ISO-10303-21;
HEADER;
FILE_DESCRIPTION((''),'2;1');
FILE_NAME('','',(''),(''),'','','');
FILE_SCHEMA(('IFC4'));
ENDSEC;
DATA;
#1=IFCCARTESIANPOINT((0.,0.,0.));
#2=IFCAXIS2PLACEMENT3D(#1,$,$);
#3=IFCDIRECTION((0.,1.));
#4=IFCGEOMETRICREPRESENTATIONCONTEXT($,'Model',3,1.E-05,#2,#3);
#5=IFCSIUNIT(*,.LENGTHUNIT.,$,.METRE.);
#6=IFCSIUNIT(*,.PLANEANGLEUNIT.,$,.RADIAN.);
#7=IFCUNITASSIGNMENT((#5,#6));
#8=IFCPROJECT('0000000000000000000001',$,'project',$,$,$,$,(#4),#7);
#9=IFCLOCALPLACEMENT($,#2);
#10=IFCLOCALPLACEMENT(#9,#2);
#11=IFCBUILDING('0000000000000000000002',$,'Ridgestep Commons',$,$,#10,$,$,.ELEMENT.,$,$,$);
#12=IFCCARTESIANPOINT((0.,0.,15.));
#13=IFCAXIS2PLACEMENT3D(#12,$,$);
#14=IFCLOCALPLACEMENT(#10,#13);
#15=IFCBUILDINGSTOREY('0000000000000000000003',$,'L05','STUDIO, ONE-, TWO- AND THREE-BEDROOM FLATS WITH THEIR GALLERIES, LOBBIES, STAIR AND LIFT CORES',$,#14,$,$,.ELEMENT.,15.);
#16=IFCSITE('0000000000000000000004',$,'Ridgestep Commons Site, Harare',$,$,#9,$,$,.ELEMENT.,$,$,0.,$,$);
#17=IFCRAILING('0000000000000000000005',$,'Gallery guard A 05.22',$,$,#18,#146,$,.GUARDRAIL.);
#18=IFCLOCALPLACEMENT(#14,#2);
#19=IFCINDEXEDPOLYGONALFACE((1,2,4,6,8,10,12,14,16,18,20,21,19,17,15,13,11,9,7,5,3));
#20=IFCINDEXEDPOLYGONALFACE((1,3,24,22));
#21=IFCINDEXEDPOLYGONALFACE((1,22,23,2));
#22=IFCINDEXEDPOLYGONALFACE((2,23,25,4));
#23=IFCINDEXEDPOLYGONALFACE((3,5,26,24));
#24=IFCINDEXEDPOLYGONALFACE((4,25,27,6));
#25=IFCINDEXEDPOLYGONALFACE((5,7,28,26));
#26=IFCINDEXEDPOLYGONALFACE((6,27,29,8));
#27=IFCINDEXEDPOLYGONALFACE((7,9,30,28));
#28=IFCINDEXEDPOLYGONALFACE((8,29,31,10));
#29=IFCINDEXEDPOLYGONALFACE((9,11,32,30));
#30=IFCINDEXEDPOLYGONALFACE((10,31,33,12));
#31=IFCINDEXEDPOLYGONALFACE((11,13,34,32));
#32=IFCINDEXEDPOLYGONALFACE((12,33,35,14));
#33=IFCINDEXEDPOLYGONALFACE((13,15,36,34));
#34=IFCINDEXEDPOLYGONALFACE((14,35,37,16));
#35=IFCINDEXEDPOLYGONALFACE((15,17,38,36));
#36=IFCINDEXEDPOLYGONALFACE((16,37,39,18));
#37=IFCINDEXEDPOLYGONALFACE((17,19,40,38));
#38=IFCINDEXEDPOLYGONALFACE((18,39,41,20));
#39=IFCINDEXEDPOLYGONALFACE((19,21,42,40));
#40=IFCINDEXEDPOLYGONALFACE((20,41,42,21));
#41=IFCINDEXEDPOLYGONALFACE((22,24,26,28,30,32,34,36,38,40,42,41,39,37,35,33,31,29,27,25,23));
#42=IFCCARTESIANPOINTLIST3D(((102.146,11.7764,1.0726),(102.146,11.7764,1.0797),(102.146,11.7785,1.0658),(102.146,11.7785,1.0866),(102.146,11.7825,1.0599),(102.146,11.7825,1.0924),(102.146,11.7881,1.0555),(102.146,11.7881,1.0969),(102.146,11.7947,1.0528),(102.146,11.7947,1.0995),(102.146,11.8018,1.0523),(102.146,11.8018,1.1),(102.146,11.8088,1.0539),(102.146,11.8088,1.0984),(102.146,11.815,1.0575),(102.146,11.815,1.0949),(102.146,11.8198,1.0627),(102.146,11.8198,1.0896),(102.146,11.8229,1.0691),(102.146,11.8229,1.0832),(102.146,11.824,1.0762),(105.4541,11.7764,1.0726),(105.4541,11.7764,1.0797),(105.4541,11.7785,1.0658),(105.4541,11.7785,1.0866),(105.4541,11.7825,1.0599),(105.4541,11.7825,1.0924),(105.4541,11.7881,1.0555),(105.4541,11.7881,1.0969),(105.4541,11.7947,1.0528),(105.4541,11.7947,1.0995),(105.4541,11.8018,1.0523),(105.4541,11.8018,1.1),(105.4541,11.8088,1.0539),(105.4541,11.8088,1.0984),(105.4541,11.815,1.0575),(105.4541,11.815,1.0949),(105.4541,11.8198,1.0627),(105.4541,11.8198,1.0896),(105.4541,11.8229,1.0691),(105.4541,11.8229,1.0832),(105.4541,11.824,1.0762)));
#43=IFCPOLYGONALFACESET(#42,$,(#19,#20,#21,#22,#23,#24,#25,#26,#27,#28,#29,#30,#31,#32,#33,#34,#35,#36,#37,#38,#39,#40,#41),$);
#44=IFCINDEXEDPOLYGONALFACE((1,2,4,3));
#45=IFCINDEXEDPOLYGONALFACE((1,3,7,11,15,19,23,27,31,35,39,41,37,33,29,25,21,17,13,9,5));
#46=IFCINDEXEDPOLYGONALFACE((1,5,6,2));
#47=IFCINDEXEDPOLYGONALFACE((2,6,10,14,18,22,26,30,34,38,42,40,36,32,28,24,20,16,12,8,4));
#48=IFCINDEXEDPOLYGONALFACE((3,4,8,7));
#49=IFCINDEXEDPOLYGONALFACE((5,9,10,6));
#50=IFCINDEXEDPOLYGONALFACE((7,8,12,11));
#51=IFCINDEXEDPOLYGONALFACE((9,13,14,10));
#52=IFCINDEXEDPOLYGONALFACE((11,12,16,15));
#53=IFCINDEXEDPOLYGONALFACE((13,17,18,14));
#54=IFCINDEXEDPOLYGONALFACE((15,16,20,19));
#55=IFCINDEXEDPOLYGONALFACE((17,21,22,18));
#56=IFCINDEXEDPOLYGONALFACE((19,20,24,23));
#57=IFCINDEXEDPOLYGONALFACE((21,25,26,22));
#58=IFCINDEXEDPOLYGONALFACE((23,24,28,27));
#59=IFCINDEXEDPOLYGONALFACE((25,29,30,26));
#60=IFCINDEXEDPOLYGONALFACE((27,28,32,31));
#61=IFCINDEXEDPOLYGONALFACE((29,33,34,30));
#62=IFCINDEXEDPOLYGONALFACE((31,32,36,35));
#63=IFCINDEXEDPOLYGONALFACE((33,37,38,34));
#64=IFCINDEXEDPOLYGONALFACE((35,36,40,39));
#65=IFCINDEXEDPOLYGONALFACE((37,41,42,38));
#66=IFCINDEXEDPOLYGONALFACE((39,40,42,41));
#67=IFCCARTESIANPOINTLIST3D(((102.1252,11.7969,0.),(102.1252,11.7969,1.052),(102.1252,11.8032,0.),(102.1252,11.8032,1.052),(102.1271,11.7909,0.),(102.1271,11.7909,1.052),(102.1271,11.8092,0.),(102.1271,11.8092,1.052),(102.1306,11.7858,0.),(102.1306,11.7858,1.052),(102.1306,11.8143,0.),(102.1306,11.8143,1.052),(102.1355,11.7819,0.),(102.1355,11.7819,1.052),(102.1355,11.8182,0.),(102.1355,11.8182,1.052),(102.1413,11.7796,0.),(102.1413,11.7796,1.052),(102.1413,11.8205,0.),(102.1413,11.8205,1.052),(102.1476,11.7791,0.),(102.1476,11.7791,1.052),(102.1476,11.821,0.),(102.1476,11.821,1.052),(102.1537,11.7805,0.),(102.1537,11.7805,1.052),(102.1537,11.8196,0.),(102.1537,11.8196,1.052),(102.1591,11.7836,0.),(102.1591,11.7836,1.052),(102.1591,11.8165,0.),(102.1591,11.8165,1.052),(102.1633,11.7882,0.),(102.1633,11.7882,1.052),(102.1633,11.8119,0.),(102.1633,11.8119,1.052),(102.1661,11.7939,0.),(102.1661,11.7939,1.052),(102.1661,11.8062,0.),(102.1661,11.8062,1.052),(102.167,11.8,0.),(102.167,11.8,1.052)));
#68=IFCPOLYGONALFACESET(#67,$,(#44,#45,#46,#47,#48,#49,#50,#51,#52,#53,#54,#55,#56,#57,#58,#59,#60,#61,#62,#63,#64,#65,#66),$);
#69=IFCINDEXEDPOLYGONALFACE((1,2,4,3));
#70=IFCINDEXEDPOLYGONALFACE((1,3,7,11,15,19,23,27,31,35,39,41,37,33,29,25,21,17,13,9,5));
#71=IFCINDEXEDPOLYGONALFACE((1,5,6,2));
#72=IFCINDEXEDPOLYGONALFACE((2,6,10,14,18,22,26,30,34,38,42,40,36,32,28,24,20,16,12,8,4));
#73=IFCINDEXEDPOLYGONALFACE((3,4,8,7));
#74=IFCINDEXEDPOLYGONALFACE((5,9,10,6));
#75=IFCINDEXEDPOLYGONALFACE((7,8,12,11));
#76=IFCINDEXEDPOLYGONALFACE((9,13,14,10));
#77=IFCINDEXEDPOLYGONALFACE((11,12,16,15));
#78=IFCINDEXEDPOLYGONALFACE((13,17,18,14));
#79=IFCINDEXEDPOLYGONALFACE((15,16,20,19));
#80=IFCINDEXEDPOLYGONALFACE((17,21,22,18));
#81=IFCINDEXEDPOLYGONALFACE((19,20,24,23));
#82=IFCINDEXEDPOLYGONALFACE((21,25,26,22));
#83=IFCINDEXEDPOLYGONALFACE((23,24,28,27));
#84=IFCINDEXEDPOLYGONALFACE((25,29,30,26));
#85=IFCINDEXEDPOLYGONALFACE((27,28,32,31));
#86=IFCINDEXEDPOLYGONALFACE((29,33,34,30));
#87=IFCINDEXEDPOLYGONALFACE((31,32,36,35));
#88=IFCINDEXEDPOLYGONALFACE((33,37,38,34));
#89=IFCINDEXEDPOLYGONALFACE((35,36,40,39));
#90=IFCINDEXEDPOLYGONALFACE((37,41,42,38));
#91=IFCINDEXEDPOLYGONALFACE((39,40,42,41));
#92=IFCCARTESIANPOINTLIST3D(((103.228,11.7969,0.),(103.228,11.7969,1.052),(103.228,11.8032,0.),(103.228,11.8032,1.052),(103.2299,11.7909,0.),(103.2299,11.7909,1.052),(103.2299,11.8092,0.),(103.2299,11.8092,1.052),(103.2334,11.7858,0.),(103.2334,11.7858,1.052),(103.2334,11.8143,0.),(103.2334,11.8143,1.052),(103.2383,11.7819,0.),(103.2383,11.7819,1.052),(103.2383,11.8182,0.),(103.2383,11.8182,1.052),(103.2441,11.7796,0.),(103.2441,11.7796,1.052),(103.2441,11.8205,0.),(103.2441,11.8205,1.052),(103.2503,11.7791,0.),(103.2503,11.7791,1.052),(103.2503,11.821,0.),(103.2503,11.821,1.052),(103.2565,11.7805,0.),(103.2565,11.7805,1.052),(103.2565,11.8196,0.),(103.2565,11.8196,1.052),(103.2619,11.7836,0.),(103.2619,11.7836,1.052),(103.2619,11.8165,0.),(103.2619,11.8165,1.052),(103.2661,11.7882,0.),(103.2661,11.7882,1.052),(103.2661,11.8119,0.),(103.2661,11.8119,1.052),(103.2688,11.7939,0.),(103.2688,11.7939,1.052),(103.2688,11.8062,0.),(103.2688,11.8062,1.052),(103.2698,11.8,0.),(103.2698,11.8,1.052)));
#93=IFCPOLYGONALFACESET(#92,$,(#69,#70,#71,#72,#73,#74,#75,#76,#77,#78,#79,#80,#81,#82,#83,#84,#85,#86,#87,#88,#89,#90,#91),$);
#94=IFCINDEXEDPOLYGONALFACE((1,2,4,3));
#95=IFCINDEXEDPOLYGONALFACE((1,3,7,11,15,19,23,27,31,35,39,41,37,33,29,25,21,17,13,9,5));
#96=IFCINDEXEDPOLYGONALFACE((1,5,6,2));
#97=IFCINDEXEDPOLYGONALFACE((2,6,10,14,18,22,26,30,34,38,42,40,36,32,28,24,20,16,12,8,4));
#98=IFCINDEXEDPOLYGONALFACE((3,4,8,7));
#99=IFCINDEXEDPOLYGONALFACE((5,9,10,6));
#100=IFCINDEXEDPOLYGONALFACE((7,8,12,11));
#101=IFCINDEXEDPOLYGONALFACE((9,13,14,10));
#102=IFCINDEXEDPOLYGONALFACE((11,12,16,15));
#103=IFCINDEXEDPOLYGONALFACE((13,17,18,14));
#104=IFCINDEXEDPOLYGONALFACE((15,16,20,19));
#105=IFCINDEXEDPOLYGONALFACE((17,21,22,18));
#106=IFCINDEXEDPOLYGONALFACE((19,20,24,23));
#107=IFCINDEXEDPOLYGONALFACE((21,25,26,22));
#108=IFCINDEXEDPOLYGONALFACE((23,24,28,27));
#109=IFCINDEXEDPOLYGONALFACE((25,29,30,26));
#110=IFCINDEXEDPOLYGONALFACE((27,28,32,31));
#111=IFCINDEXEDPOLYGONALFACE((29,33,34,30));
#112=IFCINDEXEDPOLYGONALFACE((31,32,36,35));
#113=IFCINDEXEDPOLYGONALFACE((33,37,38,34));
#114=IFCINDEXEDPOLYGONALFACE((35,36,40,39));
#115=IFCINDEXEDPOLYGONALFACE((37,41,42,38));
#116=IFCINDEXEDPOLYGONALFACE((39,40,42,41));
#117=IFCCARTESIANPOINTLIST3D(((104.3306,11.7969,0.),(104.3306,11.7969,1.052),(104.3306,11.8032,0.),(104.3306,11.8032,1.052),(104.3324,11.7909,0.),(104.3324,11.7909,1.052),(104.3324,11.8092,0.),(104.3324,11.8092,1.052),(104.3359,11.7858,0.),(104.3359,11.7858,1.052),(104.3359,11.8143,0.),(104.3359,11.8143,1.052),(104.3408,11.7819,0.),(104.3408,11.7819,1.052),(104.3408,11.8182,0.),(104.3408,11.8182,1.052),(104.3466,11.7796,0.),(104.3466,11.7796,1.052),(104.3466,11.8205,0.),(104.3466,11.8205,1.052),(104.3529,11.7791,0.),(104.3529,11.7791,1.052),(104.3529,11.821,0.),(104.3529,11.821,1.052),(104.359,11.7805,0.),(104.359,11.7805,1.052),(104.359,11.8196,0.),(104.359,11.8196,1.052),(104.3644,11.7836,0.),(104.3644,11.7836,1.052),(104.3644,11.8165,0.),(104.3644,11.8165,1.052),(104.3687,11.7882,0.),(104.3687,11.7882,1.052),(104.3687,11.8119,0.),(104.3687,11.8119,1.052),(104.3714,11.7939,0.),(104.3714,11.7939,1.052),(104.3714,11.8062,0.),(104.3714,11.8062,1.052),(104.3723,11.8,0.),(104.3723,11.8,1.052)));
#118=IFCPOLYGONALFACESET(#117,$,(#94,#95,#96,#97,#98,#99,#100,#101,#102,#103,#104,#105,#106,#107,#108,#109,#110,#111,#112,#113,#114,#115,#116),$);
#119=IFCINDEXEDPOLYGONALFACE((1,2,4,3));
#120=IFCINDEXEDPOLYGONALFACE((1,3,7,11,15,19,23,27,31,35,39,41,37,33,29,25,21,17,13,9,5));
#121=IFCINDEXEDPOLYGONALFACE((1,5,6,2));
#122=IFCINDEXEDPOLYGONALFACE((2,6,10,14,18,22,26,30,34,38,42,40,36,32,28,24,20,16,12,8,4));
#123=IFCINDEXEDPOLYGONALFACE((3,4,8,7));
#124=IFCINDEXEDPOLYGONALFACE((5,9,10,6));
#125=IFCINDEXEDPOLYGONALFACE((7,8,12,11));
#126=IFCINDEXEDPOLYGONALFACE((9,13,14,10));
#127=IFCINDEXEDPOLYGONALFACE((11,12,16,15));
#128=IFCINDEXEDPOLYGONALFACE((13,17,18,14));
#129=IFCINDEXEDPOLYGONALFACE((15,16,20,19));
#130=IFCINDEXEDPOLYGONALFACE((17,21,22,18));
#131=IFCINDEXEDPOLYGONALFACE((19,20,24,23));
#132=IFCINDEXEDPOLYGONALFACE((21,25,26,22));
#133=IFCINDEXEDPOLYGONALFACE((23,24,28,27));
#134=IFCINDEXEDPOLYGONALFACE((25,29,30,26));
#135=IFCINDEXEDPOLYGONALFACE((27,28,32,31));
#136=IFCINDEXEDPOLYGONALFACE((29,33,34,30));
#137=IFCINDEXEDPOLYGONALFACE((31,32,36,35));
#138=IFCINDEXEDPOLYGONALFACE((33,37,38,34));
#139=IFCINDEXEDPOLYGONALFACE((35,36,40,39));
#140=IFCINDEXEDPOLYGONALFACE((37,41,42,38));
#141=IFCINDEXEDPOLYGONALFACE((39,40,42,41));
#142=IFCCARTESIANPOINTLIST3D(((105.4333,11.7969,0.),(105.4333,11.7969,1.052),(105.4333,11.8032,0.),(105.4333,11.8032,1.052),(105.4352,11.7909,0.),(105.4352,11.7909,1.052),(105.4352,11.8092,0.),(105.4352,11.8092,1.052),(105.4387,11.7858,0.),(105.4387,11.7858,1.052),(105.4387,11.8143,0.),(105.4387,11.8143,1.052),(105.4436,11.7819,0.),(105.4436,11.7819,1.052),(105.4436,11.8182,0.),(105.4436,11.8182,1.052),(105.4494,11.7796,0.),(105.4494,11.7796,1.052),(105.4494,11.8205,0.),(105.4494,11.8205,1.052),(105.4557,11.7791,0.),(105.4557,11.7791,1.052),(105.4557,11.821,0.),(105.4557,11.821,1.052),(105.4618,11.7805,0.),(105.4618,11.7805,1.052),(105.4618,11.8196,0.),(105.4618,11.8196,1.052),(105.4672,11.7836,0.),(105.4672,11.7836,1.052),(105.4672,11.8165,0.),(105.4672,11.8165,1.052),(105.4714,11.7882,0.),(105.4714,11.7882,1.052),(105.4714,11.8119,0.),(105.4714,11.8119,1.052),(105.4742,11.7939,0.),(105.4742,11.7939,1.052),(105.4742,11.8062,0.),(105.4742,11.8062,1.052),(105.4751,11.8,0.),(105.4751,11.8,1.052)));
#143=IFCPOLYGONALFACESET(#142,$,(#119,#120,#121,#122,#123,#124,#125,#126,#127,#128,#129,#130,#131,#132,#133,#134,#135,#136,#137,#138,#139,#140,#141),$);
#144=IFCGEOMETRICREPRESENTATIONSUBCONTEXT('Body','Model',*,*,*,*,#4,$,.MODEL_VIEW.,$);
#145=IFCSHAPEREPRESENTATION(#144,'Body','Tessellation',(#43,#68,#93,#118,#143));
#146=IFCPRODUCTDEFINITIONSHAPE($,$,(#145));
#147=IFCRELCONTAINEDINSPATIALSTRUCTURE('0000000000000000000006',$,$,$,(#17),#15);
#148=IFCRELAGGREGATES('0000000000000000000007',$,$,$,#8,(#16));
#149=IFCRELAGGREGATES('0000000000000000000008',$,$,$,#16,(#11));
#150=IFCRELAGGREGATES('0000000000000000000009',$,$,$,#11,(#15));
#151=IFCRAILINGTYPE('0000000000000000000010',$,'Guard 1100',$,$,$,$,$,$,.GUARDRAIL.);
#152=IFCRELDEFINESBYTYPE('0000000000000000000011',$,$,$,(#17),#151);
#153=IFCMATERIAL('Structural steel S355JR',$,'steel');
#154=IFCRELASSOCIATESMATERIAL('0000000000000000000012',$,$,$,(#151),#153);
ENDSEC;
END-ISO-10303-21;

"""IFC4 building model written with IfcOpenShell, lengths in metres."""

from ifc_helpers import new_model, si_unit, direction, frame, origin, origin_2d, place, context, subcontext, project, spatial, circle, extrude, material, type_object, element, save


model = new_model("IFC4")

# Units and contexts
model_context = context("Model", 3, precision=1e-05, world=origin(), true_north=direction((0.0, 1.0)))
body_context = subcontext(model_context, "Body", "Model", "MODEL_VIEW")
ifc_project = project(units=[si_unit("LENGTHUNIT", "METRE"), si_unit("PLANEANGLEUNIT", "RADIAN")], contexts=[model_context])

# Site, building, storey
site_placement = place(None, origin())
site = spatial("IfcSite", under=ifc_project, at=site_placement, Name="Ridgestep Commons Site, Harare", CompositionType="ELEMENT", RefElevation=0.0)
building_placement = place(site_placement, origin())
building = spatial("IfcBuilding", under=site, at=building_placement, Name="Ridgestep Commons", CompositionType="ELEMENT")
storey_placement = place(building_placement, frame((0.0, 0.0, 15.0)))
storey = spatial("IfcBuildingStorey", under=building, at=storey_placement, Name="L05", Description="STUDIO, ONE-, TWO- AND THREE-BEDROOM FLATS WITH THEIR GALLERIES, LOBBIES, STAIR AND LIFT CORES", CompositionType="ELEMENT", Elevation=15.0)

# Railing
ifc_material_1 = material(Name="Structural steel S355JR", Category="steel")
railing_type = type_object("IfcRailingType", Name="Guard 1100", PredefinedType="GUARDRAIL", material=ifc_material_1)
railing_1_placement = place(storey_placement, frame((102.146, 11.8, 0.0)))
element("IfcRailing", 1, at=railing_1_placement, inside=storey, type_object=railing_type, Name="Gallery guard A 05.22", PredefinedType="GUARDRAIL", context=body_context, shape_type="SweptSolid", body=[
    extrude(circle(Radius=0.0239, at=origin_2d()), frame((0.0, 0.0, 1.0762), z_axis=(1.0, 0.0, 0.0), x_axis=(0.0, 1.0, 0.0)), (0.0, 0.0, 1.0), 3.3081),
    extrude(circle(Radius=0.021, at=origin_2d()), origin(), (0.0, 0.0, 1.0), 1.052),
    extrude(circle(Radius=0.021, at=origin_2d()), frame((1.1028, 0.0, 0.0)), (0.0, 0.0, 1.0), 1.052),
    extrude(circle(Radius=0.021, at=origin_2d()), frame((2.2053, 0.0, 0.0)), (0.0, 0.0, 1.0), 1.052),
    extrude(circle(Radius=0.021, at=origin_2d()), frame((3.3081, 0.0, 0.0)), (0.0, 0.0, 1.0), 1.052),
])

save(model, "model.ifc")
